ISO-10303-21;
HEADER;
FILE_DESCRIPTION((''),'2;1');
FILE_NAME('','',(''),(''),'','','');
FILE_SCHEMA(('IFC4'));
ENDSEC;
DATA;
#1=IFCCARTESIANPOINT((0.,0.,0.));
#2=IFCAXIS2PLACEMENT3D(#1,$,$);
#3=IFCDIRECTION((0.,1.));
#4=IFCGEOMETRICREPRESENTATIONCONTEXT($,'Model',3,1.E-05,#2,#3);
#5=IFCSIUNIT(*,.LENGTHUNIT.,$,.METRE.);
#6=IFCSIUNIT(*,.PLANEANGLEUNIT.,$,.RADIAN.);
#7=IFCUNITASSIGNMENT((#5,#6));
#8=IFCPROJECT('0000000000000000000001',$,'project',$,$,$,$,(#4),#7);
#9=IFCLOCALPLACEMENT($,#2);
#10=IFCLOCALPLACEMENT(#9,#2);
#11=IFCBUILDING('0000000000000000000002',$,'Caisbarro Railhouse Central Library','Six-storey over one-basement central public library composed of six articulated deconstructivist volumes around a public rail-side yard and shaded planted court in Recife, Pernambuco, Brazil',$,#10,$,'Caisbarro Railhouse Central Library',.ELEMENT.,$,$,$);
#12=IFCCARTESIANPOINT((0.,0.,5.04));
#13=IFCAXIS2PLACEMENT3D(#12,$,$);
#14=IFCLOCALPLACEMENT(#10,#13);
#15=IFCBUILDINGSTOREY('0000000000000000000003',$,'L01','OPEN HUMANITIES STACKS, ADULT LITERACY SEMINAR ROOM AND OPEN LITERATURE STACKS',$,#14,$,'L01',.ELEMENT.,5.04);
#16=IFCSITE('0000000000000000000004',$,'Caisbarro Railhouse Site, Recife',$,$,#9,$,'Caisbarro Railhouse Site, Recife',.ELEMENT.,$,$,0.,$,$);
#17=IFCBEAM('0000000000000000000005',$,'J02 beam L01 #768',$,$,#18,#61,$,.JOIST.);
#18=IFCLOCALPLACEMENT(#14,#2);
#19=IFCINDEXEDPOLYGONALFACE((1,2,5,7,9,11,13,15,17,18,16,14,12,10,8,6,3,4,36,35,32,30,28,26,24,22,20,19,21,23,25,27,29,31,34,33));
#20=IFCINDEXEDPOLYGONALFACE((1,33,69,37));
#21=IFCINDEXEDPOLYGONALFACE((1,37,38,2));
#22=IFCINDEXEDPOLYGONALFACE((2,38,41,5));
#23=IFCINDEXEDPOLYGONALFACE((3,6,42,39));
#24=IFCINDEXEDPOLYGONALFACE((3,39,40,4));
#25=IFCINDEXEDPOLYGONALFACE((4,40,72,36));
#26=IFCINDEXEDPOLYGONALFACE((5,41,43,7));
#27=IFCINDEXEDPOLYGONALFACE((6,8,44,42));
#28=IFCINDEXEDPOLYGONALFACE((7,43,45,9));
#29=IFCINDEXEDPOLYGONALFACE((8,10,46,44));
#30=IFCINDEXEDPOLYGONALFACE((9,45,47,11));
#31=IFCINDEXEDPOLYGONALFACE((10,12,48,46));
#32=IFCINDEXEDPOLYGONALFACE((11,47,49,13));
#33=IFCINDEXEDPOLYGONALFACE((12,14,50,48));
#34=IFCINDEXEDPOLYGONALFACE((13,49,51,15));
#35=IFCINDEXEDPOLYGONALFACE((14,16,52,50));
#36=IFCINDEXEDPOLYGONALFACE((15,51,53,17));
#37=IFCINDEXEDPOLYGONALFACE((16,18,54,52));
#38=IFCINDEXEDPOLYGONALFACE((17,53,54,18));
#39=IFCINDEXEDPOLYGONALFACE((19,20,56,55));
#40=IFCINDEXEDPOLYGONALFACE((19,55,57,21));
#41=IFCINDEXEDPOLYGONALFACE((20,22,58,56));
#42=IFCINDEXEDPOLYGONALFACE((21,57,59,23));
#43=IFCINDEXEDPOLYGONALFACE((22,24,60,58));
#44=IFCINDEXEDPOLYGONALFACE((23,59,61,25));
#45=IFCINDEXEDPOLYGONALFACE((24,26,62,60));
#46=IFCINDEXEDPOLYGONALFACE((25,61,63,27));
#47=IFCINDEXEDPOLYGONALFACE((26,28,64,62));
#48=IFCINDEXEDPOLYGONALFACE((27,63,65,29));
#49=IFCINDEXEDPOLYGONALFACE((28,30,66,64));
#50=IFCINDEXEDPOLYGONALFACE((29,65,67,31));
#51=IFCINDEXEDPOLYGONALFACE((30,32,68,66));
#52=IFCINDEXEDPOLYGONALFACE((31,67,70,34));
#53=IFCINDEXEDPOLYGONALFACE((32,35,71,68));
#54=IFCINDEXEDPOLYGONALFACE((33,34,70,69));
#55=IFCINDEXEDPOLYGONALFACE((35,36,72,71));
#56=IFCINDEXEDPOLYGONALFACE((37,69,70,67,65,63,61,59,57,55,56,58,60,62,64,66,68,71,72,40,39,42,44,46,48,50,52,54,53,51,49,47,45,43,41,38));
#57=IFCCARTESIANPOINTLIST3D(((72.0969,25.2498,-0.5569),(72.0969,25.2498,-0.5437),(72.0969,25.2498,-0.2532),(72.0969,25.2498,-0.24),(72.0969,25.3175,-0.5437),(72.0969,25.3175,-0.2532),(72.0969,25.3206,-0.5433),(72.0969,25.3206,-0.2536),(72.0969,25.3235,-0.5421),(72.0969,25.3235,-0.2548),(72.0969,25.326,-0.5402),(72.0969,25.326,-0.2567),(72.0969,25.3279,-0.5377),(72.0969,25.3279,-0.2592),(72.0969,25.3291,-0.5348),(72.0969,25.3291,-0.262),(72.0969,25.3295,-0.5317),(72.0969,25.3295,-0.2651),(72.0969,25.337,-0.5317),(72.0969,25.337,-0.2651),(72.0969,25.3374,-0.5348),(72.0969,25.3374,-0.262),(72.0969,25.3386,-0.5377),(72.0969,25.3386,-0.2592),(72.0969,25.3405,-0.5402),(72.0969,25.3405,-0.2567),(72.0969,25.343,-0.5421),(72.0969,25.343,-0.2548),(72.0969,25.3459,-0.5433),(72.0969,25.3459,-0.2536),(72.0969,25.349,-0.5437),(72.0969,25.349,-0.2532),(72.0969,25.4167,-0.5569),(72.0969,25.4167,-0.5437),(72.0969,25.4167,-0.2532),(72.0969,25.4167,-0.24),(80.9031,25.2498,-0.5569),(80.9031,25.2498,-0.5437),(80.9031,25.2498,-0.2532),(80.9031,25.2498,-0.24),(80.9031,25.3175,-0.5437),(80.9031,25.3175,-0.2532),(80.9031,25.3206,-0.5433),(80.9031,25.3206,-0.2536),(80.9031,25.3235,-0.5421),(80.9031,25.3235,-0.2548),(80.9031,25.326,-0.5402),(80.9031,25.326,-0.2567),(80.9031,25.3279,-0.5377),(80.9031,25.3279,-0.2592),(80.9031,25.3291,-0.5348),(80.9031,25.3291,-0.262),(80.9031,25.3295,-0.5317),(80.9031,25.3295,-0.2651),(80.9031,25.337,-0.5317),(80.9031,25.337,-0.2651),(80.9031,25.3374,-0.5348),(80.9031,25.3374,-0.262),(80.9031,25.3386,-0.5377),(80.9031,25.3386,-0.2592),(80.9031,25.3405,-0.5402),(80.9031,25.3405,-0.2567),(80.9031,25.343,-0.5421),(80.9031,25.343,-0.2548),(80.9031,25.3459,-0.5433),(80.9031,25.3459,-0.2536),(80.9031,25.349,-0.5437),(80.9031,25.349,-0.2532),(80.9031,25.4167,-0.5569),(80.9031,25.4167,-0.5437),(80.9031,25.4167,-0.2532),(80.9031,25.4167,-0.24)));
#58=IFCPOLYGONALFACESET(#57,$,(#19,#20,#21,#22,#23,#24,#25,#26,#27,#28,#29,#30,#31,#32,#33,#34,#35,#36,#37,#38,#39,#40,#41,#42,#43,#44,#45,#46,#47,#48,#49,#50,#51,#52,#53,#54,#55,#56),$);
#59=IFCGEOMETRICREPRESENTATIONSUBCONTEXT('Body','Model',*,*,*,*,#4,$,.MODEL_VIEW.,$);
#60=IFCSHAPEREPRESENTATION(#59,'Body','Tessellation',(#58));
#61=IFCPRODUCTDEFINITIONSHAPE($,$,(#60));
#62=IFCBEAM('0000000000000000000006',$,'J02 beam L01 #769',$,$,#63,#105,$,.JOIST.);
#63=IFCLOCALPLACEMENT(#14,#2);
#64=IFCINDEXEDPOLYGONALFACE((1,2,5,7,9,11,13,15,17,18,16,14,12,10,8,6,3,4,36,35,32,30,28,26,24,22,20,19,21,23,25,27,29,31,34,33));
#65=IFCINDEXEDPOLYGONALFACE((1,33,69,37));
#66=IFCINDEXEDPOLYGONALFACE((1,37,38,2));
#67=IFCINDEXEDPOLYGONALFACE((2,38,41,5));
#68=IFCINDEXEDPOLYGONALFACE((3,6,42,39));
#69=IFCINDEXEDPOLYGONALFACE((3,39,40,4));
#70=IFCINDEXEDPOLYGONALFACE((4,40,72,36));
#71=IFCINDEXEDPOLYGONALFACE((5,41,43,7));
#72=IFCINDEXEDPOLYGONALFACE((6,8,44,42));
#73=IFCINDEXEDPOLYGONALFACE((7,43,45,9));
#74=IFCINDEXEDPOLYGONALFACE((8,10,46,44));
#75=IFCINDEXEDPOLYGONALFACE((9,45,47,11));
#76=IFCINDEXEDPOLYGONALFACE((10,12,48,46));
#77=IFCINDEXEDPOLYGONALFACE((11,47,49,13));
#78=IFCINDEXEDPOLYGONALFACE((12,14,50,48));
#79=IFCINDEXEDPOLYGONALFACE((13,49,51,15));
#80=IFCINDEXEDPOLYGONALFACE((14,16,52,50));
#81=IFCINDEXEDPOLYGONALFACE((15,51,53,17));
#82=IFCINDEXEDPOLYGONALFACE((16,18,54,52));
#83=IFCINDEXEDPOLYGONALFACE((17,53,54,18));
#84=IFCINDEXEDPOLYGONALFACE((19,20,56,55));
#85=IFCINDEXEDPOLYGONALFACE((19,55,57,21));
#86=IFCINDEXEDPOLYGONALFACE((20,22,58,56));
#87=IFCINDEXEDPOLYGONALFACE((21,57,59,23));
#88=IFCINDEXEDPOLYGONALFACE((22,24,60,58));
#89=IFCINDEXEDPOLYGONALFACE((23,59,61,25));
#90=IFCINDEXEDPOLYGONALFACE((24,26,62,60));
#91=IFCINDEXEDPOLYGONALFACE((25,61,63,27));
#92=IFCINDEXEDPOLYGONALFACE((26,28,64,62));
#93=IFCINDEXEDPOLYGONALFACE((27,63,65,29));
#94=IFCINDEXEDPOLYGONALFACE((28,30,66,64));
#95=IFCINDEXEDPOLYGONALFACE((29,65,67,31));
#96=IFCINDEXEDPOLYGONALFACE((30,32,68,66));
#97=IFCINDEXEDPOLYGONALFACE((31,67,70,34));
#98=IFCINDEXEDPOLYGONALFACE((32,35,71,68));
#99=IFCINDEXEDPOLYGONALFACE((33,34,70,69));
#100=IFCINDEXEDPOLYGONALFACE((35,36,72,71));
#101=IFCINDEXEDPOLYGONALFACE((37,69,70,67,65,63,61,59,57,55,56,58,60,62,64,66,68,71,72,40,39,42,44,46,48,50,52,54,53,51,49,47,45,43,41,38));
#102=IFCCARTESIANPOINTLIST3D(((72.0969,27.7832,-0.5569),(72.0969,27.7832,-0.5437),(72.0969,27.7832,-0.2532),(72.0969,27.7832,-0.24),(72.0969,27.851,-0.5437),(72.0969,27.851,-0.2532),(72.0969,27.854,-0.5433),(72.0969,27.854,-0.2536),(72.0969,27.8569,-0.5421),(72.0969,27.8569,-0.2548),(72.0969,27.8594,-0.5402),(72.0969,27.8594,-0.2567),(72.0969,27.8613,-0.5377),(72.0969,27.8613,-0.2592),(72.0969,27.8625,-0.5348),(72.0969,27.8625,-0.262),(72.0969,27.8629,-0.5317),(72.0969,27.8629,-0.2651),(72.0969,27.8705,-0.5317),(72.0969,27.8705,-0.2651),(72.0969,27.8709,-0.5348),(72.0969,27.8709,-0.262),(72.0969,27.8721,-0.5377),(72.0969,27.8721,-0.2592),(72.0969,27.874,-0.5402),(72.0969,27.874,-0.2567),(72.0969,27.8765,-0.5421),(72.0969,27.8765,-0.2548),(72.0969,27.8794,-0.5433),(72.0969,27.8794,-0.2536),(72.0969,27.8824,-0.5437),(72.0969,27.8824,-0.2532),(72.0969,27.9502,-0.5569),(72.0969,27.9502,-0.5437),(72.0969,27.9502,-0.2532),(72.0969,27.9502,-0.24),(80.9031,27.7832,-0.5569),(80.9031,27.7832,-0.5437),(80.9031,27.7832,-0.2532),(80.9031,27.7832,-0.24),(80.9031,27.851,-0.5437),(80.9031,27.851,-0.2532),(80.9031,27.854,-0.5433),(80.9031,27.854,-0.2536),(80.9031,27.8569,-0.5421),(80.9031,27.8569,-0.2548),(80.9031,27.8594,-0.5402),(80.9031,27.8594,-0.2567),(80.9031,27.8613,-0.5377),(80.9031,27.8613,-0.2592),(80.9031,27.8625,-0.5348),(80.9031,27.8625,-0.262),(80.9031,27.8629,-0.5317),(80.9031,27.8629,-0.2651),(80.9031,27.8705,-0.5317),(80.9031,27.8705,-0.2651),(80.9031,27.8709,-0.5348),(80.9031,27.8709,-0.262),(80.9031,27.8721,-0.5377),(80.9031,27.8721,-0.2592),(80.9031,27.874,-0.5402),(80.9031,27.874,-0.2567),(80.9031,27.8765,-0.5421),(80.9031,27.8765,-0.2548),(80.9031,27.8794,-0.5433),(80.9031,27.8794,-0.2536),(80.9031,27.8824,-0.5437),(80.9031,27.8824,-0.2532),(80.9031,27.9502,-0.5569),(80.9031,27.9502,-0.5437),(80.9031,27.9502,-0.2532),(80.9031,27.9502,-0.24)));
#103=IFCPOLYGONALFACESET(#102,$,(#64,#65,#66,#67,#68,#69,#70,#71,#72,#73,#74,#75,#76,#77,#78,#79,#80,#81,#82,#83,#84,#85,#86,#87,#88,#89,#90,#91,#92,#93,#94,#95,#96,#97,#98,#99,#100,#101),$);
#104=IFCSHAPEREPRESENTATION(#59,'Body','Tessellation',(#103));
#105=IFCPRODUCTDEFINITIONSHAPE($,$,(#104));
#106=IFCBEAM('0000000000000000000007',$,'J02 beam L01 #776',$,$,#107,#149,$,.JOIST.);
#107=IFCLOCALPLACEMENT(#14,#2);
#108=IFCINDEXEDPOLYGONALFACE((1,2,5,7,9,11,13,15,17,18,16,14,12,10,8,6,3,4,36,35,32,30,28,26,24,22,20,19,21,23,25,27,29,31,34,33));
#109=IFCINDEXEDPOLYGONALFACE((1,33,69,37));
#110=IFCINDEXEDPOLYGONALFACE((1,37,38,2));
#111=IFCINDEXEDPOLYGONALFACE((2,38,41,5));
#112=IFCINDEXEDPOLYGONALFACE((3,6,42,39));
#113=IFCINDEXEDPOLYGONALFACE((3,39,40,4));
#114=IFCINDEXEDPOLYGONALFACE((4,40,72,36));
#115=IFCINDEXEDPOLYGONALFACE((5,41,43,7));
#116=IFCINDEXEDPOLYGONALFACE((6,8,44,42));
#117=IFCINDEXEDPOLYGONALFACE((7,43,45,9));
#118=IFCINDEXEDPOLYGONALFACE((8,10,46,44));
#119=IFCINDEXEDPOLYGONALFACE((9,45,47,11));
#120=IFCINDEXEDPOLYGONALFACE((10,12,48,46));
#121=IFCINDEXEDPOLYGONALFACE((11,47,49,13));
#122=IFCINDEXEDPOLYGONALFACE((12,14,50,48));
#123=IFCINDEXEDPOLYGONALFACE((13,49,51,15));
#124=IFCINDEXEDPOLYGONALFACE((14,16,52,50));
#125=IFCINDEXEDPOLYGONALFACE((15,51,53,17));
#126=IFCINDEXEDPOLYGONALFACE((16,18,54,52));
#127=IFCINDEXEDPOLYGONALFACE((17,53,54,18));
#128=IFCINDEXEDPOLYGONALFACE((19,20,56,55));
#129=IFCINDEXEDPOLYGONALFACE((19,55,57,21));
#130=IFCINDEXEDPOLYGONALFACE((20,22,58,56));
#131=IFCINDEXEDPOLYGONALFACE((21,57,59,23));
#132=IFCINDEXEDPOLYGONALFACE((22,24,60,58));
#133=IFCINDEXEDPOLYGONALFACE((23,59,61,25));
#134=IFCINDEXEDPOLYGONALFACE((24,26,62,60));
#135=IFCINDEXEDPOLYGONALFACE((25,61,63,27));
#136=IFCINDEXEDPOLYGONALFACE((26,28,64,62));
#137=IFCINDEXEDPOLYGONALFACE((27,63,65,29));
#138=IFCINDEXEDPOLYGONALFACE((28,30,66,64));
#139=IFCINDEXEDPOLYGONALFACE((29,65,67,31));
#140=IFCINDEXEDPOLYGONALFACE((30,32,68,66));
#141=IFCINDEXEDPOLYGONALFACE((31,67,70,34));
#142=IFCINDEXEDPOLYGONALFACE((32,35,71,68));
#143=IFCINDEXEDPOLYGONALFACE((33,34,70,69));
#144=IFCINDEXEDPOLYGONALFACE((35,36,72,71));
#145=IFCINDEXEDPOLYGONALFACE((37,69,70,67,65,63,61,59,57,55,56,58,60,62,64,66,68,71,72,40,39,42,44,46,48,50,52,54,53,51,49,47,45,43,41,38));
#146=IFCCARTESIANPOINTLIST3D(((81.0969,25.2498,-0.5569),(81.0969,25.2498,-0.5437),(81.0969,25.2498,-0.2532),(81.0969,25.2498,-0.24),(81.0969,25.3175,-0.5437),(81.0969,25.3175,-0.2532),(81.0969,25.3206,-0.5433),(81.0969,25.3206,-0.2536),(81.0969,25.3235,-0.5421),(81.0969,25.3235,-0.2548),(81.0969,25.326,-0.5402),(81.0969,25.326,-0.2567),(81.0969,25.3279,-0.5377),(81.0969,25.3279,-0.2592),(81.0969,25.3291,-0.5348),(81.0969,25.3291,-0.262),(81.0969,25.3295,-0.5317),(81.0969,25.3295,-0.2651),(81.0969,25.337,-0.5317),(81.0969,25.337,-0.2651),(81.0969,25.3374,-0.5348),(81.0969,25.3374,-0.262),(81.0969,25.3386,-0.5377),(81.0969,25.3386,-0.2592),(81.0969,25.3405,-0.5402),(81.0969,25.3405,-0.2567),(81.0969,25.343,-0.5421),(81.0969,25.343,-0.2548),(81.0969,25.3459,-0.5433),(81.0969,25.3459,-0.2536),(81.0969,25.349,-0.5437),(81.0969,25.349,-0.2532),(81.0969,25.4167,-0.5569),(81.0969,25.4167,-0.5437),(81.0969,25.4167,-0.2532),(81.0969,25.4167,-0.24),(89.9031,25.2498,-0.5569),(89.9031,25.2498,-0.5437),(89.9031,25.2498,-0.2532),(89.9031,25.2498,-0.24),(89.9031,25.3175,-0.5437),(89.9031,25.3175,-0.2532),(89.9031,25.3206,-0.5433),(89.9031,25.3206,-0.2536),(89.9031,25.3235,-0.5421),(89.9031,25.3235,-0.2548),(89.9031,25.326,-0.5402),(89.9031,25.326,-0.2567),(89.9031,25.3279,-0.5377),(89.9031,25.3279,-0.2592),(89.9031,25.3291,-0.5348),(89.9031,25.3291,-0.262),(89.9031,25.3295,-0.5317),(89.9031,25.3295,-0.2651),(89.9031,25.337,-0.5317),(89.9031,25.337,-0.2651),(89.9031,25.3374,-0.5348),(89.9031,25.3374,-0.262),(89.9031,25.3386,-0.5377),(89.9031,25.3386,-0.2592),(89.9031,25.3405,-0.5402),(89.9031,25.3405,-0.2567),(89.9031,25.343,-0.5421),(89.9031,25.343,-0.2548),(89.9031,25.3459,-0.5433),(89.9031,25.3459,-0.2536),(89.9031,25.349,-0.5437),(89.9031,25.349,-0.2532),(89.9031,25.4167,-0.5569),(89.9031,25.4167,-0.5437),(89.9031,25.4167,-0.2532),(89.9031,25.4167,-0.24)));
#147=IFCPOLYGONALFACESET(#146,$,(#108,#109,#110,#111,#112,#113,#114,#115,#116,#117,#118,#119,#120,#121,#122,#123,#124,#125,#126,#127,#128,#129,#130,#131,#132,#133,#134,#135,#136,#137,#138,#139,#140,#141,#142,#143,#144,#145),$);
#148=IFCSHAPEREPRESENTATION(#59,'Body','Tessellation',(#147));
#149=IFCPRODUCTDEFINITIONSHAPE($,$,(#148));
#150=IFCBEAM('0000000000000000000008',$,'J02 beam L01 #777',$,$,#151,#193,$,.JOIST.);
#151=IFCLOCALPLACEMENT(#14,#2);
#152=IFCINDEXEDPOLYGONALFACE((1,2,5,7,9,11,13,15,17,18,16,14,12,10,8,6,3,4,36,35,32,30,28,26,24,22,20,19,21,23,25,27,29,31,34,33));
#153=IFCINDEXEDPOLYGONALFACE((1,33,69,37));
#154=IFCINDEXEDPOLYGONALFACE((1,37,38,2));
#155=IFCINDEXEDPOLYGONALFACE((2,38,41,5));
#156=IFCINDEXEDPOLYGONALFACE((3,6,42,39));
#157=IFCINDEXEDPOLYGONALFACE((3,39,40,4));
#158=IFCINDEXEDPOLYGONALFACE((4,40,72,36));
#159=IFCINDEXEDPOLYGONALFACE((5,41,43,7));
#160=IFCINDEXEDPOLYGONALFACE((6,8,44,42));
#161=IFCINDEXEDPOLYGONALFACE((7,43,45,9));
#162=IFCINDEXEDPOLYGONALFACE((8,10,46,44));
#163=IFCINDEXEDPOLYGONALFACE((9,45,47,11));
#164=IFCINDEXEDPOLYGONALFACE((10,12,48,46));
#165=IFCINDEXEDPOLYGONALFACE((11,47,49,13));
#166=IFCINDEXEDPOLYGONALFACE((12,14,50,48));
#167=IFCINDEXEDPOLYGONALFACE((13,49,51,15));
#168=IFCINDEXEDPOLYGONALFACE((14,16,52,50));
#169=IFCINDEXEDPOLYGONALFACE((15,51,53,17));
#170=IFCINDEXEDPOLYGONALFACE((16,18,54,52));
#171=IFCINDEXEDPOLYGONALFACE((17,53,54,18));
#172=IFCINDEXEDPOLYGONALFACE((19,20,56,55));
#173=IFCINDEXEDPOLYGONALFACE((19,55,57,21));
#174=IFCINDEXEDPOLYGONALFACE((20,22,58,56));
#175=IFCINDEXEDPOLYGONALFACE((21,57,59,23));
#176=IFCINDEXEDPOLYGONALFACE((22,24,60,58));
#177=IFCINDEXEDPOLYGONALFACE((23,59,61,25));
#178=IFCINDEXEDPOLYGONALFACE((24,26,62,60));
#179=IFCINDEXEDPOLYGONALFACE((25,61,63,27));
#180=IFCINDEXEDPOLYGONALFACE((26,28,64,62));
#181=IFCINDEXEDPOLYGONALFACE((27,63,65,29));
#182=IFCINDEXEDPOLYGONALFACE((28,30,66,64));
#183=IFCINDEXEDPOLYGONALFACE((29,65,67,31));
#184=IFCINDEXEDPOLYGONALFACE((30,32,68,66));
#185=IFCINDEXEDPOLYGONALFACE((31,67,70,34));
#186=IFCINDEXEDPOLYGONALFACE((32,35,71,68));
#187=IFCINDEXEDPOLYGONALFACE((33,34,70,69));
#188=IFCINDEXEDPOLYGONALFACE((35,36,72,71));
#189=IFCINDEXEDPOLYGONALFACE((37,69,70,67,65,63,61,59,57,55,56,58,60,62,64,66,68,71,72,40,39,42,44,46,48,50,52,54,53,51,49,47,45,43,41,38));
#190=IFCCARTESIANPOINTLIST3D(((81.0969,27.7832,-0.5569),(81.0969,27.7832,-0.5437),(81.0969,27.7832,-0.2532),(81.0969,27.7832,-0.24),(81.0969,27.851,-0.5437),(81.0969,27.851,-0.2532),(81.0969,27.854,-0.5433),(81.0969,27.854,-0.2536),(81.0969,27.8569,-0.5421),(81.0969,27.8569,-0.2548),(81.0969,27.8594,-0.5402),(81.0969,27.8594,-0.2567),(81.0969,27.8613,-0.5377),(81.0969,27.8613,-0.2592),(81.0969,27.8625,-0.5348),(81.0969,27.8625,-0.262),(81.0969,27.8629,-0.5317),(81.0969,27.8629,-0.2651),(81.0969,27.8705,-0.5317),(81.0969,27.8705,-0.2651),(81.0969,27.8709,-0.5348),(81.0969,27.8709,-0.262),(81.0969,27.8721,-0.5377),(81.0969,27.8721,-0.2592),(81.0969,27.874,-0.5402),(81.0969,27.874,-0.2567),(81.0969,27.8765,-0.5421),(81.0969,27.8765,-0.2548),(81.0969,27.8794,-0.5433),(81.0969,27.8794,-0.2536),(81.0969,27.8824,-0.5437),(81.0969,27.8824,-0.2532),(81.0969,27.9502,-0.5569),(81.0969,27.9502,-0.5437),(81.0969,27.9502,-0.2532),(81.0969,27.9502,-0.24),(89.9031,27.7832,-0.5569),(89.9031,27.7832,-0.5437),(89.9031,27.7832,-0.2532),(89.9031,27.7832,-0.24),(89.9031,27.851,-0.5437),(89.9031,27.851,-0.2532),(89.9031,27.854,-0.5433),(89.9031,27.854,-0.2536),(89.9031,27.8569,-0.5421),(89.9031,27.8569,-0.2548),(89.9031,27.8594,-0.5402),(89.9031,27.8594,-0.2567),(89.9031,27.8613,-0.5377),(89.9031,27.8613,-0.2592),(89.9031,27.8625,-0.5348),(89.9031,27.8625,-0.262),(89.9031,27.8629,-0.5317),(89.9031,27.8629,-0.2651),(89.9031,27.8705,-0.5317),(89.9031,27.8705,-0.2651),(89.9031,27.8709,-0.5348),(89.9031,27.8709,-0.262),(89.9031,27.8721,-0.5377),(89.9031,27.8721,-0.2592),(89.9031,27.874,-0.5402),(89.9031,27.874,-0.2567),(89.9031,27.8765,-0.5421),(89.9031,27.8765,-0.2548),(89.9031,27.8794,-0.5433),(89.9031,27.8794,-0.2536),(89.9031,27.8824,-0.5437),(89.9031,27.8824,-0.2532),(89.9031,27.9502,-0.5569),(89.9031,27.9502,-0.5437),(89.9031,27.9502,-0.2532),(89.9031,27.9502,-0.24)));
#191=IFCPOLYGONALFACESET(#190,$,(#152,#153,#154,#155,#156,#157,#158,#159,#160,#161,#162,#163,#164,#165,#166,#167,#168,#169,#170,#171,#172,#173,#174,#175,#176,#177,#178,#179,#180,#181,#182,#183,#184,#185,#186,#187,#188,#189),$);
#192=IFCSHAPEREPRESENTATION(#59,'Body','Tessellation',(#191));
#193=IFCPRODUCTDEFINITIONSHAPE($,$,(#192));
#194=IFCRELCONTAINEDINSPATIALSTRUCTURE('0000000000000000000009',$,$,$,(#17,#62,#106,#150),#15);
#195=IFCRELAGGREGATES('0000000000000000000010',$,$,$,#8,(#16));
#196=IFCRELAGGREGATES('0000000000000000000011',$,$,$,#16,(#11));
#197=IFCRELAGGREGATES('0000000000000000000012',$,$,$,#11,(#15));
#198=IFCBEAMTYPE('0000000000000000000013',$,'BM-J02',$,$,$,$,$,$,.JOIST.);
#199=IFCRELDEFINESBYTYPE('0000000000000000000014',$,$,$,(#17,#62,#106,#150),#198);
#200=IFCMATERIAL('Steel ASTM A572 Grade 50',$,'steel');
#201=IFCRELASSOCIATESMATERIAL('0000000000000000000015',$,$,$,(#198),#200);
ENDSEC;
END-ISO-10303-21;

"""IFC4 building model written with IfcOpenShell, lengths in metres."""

from ifc_helpers import new_model, si_unit, direction, frame, origin, origin_2d, place, context, subcontext, project, spatial, i_section, extrude, material, material_profile, profile_set, type_object, element, save


model = new_model("IFC4")

# Units and contexts
model_context = context("Model", 3, precision=1e-05, world=origin(), true_north=direction((0.0, 1.0)))
body_context = subcontext(model_context, "Body", "Model", "MODEL_VIEW")
ifc_project = project(units=[si_unit("LENGTHUNIT", "METRE"), si_unit("PLANEANGLEUNIT", "RADIAN")], contexts=[model_context])

# Site, building, storey
site_placement = place(None, origin())
site = spatial("IfcSite", under=ifc_project, at=site_placement, Name="Caisbarro Railhouse Site, Recife", LongName="Caisbarro Railhouse Site, Recife", CompositionType="ELEMENT", RefElevation=0.0)
building_placement = place(site_placement, origin())
building = spatial("IfcBuilding", under=site, at=building_placement, Name="Caisbarro Railhouse Central Library", Description="Six-storey over one-basement central public library composed of six articulated deconstructivist volumes around a public rail-side yard and shaded planted court in Recife, Pernambuco, Brazil", LongName="Caisbarro Railhouse Central Library", CompositionType="ELEMENT")
storey_placement = place(building_placement, frame((0.0, 0.0, 5.04)))
storey = spatial("IfcBuildingStorey", under=building, at=storey_placement, Name="L01", Description="OPEN HUMANITIES STACKS, ADULT LITERACY SEMINAR ROOM AND OPEN LITERATURE STACKS", LongName="L01", CompositionType="ELEMENT", Elevation=5.04)

# Shared definitions
ifc_material_1 = material(Name="Steel ASTM A572 Grade 50", Category="steel")

# Beams
ifc_material_profile_1 = material_profile(ifc_material_1, i_section(OverallWidth=0.167, OverallDepth=0.3169, WebThickness=0.0076, FlangeThickness=0.0132, FilletRadius=0.012, at=origin_2d()), Name="W310X52.0")
ifc_profile_set_1 = profile_set([ifc_material_profile_1], Name="Steel ASTM A572 Grade 50")
beam_type_1 = type_object("IfcBeamType", Name="BM-J02", PredefinedType="JOIST", material=ifc_profile_set_1)
for number, where, z_axis, x_axis, name in (
    (1, (72.0969, 25.3333, -0.3984), (1.0, 0.0, 0.0), (0.0, 1.0, 0.0), "J02 beam L01 #768"),
    (2, (72.0969, 27.8667, -0.3984), (1.0, 0.0, 0.0), (0.0, 1.0, 0.0), "J02 beam L01 #769"),
    (3, (81.0969, 25.3333, -0.3984), (1.0, 0.0, 0.0), (0.0, 1.0, 0.0), "J02 beam L01 #776"),
    (4, (81.0969, 27.8667, -0.3984), (1.0, 0.0, 0.0), (0.0, 1.0, 0.0), "J02 beam L01 #777"),
):
    element("IfcBeam", number, at=place(storey_placement, frame(where, z_axis=z_axis, x_axis=x_axis)), inside=storey, type_object=beam_type_1, Name=name, PredefinedType="JOIST", context=body_context, shape_type="SweptSolid", body=[
        extrude(i_section(OverallWidth=0.167, OverallDepth=0.3169, WebThickness=0.0076, FlangeThickness=0.0132, FilletRadius=0.012, at=origin_2d()), origin(), (0.0, 0.0, 1.0), 8.8062),
    ])

save(model, "model.ifc")
